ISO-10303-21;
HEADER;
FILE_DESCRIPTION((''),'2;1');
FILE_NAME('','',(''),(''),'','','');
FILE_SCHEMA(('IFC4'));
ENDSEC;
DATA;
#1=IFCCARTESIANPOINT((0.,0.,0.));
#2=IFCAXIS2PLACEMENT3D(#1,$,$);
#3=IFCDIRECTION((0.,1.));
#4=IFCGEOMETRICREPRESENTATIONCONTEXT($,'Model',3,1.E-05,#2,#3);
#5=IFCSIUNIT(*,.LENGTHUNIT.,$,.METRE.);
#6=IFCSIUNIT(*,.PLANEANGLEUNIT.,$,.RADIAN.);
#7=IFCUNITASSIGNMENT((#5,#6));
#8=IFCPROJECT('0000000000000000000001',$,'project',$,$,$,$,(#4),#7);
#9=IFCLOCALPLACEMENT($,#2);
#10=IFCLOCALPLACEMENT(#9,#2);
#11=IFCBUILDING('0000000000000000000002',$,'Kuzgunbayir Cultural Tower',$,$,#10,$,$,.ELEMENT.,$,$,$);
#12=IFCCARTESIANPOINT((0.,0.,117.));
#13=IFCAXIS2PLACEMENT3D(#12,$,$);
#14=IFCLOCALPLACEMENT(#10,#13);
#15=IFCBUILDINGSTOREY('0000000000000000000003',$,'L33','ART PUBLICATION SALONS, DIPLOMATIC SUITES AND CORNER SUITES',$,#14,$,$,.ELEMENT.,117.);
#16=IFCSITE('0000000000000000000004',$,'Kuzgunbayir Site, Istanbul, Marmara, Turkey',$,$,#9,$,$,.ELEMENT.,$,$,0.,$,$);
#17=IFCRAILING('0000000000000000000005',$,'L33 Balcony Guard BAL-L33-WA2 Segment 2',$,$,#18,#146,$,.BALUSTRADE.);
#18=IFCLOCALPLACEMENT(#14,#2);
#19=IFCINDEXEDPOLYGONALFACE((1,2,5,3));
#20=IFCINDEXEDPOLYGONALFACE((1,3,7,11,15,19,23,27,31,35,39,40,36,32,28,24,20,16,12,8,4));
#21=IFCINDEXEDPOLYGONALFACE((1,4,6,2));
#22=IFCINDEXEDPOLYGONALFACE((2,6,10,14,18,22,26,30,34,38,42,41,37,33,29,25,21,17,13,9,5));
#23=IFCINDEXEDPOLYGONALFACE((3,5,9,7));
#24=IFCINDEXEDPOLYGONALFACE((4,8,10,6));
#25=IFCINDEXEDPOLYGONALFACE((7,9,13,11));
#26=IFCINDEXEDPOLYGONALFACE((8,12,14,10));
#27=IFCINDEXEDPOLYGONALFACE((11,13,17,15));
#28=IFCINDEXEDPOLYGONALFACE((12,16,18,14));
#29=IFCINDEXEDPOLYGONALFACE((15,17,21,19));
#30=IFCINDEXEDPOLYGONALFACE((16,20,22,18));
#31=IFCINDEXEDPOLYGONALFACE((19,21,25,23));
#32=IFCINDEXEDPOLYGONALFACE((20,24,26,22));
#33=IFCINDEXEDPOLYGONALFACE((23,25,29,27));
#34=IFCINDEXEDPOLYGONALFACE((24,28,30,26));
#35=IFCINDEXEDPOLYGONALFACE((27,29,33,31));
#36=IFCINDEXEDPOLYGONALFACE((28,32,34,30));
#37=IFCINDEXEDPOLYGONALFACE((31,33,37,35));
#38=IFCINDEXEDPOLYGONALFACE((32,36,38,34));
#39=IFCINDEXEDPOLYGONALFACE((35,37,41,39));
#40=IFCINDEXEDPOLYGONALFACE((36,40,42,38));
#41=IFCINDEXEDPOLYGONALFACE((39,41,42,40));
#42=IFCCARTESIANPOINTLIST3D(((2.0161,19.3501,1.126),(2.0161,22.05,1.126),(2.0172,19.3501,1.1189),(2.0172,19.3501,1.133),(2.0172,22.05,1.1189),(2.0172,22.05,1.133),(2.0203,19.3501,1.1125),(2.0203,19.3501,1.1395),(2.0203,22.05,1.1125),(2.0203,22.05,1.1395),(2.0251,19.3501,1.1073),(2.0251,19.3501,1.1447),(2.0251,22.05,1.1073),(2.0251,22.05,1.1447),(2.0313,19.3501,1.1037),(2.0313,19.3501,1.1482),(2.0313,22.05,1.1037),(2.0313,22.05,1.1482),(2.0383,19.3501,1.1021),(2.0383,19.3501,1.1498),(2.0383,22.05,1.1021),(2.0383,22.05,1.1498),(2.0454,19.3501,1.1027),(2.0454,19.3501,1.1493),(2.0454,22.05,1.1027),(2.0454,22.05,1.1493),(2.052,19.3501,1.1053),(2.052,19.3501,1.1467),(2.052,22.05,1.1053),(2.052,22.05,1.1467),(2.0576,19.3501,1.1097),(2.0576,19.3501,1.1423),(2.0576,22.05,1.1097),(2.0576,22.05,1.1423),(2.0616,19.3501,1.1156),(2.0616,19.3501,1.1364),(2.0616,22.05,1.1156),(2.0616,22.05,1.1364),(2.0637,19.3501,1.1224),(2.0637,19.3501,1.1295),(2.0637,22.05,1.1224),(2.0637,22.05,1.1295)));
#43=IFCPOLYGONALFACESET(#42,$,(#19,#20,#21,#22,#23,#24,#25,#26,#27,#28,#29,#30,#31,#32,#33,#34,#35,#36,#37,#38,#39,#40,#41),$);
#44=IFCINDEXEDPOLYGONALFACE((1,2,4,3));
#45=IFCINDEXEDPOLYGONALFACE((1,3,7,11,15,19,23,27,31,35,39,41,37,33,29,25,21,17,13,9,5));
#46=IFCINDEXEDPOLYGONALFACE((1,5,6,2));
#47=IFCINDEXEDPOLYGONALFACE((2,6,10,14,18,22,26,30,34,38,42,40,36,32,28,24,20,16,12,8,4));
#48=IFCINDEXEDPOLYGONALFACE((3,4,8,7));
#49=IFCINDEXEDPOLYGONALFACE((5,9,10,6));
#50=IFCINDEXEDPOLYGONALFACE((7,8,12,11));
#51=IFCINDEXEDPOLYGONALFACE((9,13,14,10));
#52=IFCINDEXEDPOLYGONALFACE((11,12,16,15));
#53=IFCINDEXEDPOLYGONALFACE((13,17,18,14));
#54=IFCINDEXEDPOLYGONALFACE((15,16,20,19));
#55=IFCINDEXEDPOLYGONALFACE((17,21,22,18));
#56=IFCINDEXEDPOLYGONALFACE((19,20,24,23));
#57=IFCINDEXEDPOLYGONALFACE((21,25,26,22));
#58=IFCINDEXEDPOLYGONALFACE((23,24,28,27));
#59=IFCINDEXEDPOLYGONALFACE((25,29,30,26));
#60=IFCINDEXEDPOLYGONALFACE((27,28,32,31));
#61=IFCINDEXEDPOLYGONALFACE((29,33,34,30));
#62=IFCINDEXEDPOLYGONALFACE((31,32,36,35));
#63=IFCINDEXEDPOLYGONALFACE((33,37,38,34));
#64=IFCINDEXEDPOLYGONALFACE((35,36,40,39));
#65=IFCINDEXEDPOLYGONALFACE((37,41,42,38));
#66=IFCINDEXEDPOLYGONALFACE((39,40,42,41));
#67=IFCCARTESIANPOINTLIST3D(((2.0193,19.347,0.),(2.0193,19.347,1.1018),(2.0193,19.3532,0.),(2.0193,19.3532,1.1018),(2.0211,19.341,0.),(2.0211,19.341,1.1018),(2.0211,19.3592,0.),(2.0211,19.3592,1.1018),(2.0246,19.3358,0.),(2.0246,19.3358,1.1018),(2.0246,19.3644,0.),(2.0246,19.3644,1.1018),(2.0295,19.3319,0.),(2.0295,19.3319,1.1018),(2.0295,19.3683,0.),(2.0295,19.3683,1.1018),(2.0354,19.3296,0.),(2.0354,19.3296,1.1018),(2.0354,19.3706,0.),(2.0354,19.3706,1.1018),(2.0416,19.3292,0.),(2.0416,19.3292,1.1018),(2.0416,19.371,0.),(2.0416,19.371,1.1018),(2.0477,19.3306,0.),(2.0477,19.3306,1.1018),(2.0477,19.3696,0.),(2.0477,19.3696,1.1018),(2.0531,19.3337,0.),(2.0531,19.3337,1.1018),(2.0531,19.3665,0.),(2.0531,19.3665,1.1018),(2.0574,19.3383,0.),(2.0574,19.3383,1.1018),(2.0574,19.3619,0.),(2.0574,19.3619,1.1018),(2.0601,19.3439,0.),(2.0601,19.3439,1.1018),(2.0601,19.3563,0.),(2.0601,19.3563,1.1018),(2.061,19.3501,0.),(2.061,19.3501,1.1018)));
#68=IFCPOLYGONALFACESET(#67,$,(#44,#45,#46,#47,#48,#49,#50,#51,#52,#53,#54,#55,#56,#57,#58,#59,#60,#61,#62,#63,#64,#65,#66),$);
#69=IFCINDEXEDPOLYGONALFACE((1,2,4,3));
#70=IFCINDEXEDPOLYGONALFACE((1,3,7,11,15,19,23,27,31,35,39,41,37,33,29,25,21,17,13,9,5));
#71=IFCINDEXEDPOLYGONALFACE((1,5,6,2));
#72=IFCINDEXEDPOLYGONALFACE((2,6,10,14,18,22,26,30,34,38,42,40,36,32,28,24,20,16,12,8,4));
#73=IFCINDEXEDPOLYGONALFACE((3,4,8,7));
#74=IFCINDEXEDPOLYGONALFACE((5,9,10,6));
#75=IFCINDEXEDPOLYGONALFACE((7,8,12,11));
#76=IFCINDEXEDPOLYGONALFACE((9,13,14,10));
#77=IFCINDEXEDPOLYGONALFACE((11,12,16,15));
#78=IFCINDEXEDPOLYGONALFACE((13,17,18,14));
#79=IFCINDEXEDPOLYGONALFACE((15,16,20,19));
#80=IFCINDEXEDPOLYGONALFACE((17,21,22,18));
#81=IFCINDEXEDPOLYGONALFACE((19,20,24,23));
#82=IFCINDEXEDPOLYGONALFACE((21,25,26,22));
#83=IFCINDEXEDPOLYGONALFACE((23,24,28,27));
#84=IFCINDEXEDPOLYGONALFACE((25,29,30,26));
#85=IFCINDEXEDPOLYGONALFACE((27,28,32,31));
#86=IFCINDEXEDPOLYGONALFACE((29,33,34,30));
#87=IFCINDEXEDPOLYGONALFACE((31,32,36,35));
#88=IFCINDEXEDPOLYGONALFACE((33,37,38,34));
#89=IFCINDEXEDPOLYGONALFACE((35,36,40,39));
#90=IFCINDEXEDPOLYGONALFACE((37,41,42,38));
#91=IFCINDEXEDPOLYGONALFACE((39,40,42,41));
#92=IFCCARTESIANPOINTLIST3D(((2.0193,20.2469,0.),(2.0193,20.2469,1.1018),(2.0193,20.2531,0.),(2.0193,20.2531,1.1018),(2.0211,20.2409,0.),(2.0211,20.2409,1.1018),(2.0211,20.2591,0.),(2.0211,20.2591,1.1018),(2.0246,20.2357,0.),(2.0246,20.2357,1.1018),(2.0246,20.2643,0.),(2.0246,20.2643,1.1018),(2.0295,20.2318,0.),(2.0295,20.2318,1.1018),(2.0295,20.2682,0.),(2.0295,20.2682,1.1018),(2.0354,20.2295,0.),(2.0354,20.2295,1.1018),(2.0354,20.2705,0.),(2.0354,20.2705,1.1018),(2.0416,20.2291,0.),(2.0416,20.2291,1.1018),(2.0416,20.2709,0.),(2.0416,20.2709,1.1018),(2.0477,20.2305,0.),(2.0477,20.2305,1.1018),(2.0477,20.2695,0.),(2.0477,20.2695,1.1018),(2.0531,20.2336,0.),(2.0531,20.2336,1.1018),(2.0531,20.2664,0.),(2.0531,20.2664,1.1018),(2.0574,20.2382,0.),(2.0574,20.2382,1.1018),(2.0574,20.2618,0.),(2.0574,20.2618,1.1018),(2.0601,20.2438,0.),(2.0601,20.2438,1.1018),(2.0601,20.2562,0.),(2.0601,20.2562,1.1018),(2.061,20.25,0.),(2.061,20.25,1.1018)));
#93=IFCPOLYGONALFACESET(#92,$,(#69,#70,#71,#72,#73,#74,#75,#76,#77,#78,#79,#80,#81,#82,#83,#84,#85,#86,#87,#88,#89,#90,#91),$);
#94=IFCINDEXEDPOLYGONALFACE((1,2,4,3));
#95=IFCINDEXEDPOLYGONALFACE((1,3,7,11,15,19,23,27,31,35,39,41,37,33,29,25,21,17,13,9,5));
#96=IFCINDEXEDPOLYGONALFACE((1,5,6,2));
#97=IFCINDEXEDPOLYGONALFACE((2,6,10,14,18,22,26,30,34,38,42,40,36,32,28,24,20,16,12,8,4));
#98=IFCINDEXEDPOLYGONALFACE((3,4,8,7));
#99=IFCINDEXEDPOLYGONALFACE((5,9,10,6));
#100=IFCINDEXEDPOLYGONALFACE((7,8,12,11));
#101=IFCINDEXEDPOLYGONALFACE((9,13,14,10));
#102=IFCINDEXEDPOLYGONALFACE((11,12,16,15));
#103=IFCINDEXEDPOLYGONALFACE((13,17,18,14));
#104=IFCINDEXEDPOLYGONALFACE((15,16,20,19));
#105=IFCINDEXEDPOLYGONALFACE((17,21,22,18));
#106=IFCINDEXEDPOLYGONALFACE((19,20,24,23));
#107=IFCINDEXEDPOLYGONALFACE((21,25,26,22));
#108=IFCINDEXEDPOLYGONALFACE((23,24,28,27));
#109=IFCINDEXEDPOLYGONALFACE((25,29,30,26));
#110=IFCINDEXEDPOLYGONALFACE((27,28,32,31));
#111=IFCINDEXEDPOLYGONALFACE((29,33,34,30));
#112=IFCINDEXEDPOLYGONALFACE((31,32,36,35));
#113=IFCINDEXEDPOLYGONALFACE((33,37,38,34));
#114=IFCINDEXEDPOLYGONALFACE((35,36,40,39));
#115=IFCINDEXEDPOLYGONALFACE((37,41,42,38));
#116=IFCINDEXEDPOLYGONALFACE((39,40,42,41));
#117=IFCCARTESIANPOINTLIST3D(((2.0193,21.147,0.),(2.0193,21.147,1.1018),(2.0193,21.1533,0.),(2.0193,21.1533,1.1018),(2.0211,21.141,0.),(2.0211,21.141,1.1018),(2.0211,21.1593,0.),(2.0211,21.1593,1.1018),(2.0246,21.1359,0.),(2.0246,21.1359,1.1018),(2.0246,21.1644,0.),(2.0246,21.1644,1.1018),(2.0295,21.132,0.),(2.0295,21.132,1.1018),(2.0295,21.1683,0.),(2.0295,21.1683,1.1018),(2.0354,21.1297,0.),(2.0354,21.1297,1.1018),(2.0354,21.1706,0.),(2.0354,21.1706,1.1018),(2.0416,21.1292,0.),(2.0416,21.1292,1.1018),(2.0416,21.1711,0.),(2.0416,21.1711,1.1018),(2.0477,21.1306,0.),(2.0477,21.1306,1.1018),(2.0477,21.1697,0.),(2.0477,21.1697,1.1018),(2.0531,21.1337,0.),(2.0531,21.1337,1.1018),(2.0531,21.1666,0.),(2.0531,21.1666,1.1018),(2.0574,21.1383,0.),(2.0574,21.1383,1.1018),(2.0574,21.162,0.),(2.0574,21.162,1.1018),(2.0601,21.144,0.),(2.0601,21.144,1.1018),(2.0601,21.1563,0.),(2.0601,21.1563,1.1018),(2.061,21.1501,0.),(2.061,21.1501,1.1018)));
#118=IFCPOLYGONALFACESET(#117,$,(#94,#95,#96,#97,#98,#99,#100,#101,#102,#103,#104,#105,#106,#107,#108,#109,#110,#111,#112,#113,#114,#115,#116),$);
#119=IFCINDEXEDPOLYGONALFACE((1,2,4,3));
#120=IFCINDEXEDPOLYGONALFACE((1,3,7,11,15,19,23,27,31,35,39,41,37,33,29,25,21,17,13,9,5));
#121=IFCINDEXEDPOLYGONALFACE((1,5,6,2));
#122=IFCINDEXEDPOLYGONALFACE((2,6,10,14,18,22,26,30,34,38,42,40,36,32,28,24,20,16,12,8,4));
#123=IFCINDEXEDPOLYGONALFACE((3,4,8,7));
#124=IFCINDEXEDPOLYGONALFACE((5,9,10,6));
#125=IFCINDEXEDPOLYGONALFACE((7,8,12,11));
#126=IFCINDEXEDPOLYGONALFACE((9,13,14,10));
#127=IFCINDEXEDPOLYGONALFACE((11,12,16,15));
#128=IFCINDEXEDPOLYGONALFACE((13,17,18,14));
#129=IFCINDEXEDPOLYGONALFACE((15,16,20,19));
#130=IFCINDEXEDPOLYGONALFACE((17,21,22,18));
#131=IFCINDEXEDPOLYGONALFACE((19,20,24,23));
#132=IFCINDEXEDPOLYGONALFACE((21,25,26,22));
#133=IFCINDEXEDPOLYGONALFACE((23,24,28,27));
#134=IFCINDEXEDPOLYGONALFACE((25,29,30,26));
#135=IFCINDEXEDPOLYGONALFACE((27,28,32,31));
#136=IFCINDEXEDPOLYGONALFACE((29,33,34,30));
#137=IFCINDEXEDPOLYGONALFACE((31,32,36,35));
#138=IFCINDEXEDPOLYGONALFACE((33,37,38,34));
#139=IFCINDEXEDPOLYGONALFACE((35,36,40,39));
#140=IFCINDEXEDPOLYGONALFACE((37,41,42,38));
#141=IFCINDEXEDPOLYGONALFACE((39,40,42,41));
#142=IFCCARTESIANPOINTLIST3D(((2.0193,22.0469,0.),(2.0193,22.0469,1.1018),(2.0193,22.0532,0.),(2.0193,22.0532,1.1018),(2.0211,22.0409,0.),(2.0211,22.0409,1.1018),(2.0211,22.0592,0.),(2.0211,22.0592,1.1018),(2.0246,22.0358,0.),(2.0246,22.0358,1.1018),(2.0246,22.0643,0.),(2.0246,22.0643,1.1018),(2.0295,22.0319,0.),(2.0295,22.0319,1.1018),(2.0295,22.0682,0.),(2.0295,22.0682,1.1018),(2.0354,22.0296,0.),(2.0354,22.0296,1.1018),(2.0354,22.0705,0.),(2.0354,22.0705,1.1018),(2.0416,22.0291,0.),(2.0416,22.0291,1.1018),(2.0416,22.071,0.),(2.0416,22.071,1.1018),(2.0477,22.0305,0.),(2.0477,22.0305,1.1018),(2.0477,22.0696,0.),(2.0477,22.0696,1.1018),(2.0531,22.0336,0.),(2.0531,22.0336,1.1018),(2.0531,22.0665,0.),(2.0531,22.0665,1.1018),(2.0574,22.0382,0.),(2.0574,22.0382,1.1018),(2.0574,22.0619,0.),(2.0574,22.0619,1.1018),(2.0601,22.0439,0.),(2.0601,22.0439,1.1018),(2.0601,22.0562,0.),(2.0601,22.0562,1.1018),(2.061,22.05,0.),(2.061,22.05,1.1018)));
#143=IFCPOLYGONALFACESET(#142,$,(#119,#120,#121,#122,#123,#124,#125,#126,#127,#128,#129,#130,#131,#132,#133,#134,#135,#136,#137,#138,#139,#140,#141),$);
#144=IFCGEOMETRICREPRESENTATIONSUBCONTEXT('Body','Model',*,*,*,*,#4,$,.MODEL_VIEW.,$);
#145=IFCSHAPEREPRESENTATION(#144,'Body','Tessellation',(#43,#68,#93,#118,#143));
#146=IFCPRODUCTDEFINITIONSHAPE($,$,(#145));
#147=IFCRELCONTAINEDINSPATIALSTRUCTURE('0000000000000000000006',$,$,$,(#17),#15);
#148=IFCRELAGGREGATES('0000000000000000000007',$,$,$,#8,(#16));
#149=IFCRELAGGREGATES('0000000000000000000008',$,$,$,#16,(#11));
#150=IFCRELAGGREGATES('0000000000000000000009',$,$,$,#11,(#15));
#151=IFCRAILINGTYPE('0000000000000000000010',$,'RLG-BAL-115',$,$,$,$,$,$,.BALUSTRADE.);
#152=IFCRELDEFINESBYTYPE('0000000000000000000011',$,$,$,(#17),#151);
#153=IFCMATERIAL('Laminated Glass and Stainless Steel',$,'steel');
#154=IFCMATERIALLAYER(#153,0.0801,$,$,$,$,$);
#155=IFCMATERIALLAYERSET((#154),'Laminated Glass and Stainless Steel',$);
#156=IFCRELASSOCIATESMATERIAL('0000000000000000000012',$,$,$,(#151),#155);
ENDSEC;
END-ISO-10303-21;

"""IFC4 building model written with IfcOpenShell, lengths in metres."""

from ifc_helpers import new_model, si_unit, direction, frame, origin, origin_2d, place, context, subcontext, project, spatial, circle, extrude, material, layer, layer_set, type_object, element, save


model = new_model("IFC4")

# Units and contexts
model_context = context("Model", 3, precision=1e-05, world=origin(), true_north=direction((0.0, 1.0)))
body_context = subcontext(model_context, "Body", "Model", "MODEL_VIEW")
ifc_project = project(units=[si_unit("LENGTHUNIT", "METRE"), si_unit("PLANEANGLEUNIT", "RADIAN")], contexts=[model_context])

# Site, building, storey
site_placement = place(None, origin())
site = spatial("IfcSite", under=ifc_project, at=site_placement, Name="Kuzgunbayir Site, Istanbul, Marmara, Turkey", CompositionType="ELEMENT", RefElevation=0.0)
building_placement = place(site_placement, origin())
building = spatial("IfcBuilding", under=site, at=building_placement, Name="Kuzgunbayir Cultural Tower", CompositionType="ELEMENT")
storey_placement = place(building_placement, frame((0.0, 0.0, 117.0)))
storey = spatial("IfcBuildingStorey", under=building, at=storey_placement, Name="L33", Description="ART PUBLICATION SALONS, DIPLOMATIC SUITES AND CORNER SUITES", CompositionType="ELEMENT", Elevation=117.0)

# Railing
ifc_material_1 = material(Name="Laminated Glass and Stainless Steel", Category="steel")
ifc_layer_1 = layer(ifc_material_1, 0.0801)
ifc_layer_set_1 = layer_set([ifc_layer_1], Name="Laminated Glass and Stainless Steel")
railing_type = type_object("IfcRailingType", Name="RLG-BAL-115", PredefinedType="BALUSTRADE", material=ifc_layer_set_1)
railing_1_placement = place(storey_placement, frame((2.04, 19.3501, 0.0)))
element("IfcRailing", 1, at=railing_1_placement, inside=storey, type_object=railing_type, Name="L33 Balcony Guard BAL-L33-WA2 Segment 2", PredefinedType="BALUSTRADE", context=body_context, shape_type="SweptSolid", body=[
    extrude(circle(Radius=0.0239, at=origin_2d()), frame((0.0, 0.0, 1.126), z_axis=(0.0, 1.0, 0.0), x_axis=(-1.0, 0.0, 0.0)), (0.0, 0.0, 1.0), 2.7),
    extrude(circle(Radius=0.021, at=origin_2d()), origin(), (0.0, 0.0, 1.0), 1.1018),
    extrude(circle(Radius=0.021, at=origin_2d()), frame((0.0, 0.8999, 0.0)), (0.0, 0.0, 1.0), 1.1018),
    extrude(circle(Radius=0.021, at=origin_2d()), frame((0.0, 1.8, 0.0)), (0.0, 0.0, 1.0), 1.1018),
    extrude(circle(Radius=0.021, at=origin_2d()), frame((0.0, 2.7, 0.0)), (0.0, 0.0, 1.0), 1.1018),
])

save(model, "model.ifc")
